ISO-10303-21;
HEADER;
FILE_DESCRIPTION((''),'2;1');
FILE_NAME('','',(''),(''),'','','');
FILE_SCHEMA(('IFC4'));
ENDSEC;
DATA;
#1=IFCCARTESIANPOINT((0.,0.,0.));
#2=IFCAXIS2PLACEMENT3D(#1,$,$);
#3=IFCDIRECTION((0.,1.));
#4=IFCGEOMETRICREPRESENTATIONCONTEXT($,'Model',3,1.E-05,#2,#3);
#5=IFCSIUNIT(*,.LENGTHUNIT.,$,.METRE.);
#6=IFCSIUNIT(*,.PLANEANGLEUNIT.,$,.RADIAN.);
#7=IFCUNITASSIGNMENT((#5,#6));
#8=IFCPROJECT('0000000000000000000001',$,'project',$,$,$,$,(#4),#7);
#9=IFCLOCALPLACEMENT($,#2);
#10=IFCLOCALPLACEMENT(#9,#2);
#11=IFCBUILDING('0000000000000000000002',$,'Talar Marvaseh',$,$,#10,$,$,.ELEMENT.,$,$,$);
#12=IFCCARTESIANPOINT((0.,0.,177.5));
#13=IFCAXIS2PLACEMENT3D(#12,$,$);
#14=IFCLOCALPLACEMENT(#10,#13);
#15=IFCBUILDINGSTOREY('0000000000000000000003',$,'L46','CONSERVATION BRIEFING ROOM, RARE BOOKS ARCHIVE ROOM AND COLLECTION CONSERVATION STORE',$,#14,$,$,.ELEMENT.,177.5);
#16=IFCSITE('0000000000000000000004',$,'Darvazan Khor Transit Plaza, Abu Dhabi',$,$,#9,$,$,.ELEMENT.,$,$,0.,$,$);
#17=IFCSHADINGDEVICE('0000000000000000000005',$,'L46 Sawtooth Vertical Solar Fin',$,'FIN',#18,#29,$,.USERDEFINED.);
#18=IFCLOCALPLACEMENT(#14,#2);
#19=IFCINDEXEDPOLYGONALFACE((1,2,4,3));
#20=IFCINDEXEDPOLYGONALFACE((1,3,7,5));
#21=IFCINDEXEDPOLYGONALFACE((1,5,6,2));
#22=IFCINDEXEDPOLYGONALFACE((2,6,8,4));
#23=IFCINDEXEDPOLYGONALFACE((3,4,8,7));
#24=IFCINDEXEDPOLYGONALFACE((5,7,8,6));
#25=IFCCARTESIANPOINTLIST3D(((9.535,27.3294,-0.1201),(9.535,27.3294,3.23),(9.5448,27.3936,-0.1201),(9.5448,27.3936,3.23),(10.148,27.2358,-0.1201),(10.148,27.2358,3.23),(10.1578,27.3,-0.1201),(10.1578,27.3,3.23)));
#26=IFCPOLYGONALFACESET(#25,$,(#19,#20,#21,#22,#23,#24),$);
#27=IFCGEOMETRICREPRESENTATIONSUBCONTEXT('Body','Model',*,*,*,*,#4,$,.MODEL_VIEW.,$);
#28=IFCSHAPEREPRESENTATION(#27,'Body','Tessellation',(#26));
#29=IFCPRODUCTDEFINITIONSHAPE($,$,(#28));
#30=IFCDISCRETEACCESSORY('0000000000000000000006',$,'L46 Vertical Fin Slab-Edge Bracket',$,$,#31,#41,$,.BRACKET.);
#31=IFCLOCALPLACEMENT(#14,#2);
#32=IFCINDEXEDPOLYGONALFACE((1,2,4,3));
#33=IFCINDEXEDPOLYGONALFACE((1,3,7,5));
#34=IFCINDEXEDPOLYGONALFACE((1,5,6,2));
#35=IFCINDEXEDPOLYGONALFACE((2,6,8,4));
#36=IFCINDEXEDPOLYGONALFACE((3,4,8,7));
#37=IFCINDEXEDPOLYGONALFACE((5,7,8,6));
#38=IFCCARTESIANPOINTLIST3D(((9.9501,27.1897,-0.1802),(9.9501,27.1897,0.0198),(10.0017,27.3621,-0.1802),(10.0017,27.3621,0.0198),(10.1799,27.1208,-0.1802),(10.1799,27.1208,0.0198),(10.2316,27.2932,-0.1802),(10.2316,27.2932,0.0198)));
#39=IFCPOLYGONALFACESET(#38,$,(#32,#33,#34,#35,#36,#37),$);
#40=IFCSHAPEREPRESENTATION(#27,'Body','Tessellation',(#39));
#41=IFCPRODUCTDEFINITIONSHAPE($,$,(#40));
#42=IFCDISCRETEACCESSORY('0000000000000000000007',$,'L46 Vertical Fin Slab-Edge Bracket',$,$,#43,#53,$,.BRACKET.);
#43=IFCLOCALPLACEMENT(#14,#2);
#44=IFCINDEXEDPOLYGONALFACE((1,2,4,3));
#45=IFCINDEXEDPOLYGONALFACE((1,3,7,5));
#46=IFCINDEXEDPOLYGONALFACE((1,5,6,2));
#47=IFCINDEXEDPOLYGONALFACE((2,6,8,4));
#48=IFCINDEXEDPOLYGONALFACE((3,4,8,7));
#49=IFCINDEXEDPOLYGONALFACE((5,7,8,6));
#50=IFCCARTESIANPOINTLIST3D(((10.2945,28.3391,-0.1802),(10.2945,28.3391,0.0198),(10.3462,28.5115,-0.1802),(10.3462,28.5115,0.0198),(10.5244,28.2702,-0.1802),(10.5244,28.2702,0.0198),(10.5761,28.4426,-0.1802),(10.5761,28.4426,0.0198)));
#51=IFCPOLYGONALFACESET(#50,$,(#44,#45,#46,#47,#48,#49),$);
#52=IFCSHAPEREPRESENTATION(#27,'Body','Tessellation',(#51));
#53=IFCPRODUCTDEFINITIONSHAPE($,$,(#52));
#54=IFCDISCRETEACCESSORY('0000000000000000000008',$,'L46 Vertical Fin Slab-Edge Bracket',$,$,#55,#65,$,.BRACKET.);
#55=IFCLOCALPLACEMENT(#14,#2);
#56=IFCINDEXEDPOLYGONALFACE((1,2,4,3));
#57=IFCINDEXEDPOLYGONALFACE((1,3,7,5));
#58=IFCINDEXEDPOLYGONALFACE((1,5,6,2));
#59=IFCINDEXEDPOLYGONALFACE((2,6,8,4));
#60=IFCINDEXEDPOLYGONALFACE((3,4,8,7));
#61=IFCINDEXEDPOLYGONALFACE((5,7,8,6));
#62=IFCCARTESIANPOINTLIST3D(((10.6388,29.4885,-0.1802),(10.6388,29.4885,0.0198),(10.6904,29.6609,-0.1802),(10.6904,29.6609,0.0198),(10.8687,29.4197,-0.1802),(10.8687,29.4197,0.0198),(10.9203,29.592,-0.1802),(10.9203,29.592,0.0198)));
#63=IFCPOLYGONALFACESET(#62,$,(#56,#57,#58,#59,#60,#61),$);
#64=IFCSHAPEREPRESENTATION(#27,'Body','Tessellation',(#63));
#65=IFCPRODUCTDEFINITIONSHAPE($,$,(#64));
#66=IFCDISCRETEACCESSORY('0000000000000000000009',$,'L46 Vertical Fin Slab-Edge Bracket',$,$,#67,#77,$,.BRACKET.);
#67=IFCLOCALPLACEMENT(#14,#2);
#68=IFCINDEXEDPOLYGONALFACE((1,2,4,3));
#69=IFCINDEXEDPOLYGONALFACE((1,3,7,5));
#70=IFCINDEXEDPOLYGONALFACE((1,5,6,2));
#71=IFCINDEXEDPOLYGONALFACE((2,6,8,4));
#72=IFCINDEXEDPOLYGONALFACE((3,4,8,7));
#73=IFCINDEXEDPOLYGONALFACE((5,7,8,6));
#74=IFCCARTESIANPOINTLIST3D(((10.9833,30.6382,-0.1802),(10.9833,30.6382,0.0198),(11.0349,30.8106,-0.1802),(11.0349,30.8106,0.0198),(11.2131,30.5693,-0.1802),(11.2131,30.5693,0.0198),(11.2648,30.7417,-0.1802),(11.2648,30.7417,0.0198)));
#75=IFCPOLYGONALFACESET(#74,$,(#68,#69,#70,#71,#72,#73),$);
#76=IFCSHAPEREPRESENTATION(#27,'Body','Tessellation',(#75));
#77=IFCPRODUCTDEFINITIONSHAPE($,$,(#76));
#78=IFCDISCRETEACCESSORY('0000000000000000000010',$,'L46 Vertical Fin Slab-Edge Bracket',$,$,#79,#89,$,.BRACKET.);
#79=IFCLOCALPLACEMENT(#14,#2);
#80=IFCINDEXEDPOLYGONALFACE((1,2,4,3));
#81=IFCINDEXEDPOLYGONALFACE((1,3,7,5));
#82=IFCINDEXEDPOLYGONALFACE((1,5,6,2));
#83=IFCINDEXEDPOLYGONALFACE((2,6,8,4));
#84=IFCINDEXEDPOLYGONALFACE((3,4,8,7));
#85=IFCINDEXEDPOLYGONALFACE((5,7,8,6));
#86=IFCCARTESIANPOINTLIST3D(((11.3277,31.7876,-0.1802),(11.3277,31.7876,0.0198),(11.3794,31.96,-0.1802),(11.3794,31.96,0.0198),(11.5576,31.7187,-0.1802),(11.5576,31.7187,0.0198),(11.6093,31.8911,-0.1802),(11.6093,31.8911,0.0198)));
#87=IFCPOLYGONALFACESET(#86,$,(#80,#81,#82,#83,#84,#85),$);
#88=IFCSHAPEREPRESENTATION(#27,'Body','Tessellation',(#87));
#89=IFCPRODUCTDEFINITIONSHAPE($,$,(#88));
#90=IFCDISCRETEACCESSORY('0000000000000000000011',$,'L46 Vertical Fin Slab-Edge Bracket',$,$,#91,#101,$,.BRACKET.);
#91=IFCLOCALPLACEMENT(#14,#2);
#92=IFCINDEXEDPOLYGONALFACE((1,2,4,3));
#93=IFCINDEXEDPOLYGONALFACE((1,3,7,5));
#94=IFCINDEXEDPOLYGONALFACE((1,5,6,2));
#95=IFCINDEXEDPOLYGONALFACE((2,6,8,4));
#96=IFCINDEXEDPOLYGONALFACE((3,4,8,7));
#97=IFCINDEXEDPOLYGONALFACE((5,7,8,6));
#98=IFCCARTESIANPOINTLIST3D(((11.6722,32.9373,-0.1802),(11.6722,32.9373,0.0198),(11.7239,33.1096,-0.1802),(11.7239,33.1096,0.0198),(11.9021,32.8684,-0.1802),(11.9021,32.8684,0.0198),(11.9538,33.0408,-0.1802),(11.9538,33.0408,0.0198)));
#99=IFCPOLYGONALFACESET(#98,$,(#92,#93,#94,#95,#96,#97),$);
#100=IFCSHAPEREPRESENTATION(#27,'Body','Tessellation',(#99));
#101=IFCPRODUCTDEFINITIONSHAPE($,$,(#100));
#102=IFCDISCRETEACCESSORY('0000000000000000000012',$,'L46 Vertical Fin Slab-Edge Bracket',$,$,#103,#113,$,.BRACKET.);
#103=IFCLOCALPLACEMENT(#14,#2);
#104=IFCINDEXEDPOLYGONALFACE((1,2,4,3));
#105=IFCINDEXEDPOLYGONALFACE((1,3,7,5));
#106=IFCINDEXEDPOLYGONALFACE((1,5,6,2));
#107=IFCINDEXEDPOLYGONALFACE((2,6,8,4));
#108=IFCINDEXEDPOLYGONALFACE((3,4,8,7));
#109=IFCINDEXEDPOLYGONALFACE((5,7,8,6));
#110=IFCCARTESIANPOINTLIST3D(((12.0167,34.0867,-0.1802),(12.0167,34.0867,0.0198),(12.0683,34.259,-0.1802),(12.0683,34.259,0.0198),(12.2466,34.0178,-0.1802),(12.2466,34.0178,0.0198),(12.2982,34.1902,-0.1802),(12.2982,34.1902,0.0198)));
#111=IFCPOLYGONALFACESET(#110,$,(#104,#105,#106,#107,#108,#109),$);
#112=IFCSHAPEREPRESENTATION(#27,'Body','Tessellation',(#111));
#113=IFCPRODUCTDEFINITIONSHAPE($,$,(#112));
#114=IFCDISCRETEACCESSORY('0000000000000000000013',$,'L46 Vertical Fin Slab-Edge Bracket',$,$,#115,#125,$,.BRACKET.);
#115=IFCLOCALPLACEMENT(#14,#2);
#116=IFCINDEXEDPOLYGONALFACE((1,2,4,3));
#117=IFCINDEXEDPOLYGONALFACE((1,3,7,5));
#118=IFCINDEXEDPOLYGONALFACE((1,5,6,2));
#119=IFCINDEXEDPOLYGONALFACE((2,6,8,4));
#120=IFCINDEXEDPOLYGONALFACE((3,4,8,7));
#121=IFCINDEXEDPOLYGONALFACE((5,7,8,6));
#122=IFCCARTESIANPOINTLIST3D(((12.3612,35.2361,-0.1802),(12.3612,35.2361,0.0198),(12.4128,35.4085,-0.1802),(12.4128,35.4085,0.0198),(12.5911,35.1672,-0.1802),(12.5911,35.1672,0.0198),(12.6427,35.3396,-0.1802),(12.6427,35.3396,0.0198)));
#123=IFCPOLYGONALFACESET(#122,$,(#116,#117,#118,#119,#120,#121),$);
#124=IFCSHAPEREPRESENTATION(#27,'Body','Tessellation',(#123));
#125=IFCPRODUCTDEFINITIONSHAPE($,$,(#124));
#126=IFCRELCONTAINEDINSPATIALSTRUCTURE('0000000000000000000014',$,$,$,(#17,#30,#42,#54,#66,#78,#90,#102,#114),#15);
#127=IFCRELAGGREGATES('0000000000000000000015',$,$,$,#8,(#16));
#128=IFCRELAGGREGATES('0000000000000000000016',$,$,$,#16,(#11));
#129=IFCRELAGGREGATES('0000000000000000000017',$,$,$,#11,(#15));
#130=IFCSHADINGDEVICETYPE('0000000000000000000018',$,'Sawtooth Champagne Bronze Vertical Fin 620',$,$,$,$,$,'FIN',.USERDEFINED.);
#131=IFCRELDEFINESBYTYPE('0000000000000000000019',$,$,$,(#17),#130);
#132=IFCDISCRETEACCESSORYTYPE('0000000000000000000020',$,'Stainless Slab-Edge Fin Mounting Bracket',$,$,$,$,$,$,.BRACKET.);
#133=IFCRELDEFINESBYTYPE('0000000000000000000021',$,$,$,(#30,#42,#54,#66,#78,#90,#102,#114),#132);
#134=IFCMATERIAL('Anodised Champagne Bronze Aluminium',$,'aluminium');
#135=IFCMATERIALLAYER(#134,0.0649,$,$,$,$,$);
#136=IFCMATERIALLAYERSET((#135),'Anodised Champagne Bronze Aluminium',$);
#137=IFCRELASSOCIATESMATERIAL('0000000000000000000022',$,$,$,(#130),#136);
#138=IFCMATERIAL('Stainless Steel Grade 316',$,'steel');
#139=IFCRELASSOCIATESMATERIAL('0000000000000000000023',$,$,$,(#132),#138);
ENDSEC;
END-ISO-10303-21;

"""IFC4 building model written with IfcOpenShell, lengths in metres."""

from ifc_helpers import new_model, si_unit, direction, frame, origin, origin_2d, place, context, subcontext, project, spatial, rectangle, extrude, source, transform, mapped, material, layer, layer_set, type_object, type_shapes, element, save


model = new_model("IFC4")

# Units and contexts
model_context = context("Model", 3, precision=1e-05, world=origin(), true_north=direction((0.0, 1.0)))
body_context = subcontext(model_context, "Body", "Model", "MODEL_VIEW")
ifc_project = project(units=[si_unit("LENGTHUNIT", "METRE"), si_unit("PLANEANGLEUNIT", "RADIAN")], contexts=[model_context])

# Site, building, storey
site_placement = place(None, origin())
site = spatial("IfcSite", under=ifc_project, at=site_placement, Name="Darvazan Khor Transit Plaza, Abu Dhabi", CompositionType="ELEMENT", RefElevation=0.0)
building_placement = place(site_placement, origin())
building = spatial("IfcBuilding", under=site, at=building_placement, Name="Talar Marvaseh", CompositionType="ELEMENT")
storey_placement = place(building_placement, frame((0.0, 0.0, 177.5)))
storey = spatial("IfcBuildingStorey", under=building, at=storey_placement, Name="L46", Description="CONSERVATION BRIEFING ROOM, RARE BOOKS ARCHIVE ROOM AND COLLECTION CONSERVATION STORE", CompositionType="ELEMENT", Elevation=177.5)

# Shared definitions
ifc_material_1 = material(Name="Stainless Steel Grade 316", Category="steel")

# Shading device
ifc_material_2 = material(Name="Anodised Champagne Bronze Aluminium", Category="aluminium")
ifc_layer_1 = layer(ifc_material_2, 0.0649)
ifc_layer_set_1 = layer_set([ifc_layer_1], Name="Anodised Champagne Bronze Aluminium")
shading_device_type_1 = type_object("IfcShadingDeviceType", Name="Sawtooth Champagne Bronze Vertical Fin 620", ElementType="FIN", PredefinedType="USERDEFINED", material=ifc_layer_set_1)
shared_shape_1 = source(origin(), body_context, "Body", "SweptSolid", [
    extrude(rectangle(XDim=0.6201, YDim=0.0649, at=origin_2d()), origin(), (0.0, 0.0, 1.0), 3.3501),
])
type_shapes(shading_device_type_1, [shared_shape_1])
shading_device_1_placement = place(storey_placement, frame((9.8464, 27.3147, -0.1201), z_axis=(0.0, 0.0, 1.0), x_axis=(-0.988547, 0.150916, 0.0)))
element("IfcShadingDevice", 1, at=shading_device_1_placement, inside=storey, type_object=shading_device_type_1, Name="L46 Sawtooth Vertical Solar Fin", ObjectType="FIN", PredefinedType="USERDEFINED", context=body_context, shape_type="MappedRepresentation", body=[
    mapped(shared_shape_1, transform((0.0, 0.0, 0.0), x_axis=(1.0, 0.0, 0.0), y_axis=(0.0, 1.0, 0.0), z_axis=(0.0, 0.0, 1.0), scale=1.0)),
])

# Discrete accessories
discrete_accessory_type = type_object("IfcDiscreteAccessoryType", Name="Stainless Slab-Edge Fin Mounting Bracket", PredefinedType="BRACKET", material=ifc_material_1)
shared_shape_2 = source(origin(), body_context, "Body", "SweptSolid", [
    extrude(rectangle(XDim=0.24, YDim=0.1799, at=origin_2d()), origin(), (0.0, 0.0, 1.0), 0.2),
])
type_shapes(discrete_accessory_type, [shared_shape_2])
for number, where, z_axis, x_axis, name in (
    (2, (10.0908, 27.2415, -0.1802), (0.0, 0.0, 1.0), (-0.957923, 0.287026, 0.0), "L46 Vertical Fin Slab-Edge Bracket"),
    (3, (10.4353, 28.3909, -0.1802), (0.0, 0.0, 1.0), (-0.957923, 0.287026, 0.0), "L46 Vertical Fin Slab-Edge Bracket"),
    (4, (10.7795, 29.5403, -0.1802), (0.0, 0.0, 1.0), (-0.957923, 0.287026, 0.0), "L46 Vertical Fin Slab-Edge Bracket"),
    (5, (11.124, 30.6899, -0.1802), (0.0, 0.0, 1.0), (-0.957923, 0.287026, 0.0), "L46 Vertical Fin Slab-Edge Bracket"),
    (6, (11.4685, 31.8394, -0.1802), (0.0, 0.0, 1.0), (-0.957923, 0.287026, 0.0), "L46 Vertical Fin Slab-Edge Bracket"),
    (7, (11.813, 32.989, -0.1802), (0.0, 0.0, 1.0), (-0.957923, 0.287026, 0.0), "L46 Vertical Fin Slab-Edge Bracket"),
    (8, (12.1575, 34.1384, -0.1802), (0.0, 0.0, 1.0), (-0.957923, 0.287026, 0.0), "L46 Vertical Fin Slab-Edge Bracket"),
    (9, (12.502, 35.2878, -0.1802), (0.0, 0.0, 1.0), (-0.957923, 0.287026, 0.0), "L46 Vertical Fin Slab-Edge Bracket"),
):
    element("IfcDiscreteAccessory", number, at=place(storey_placement, frame(where, z_axis=z_axis, x_axis=x_axis)), inside=storey, type_object=discrete_accessory_type, Name=name, PredefinedType="BRACKET", context=body_context, shape_type="MappedRepresentation", body=[
        mapped(shared_shape_2, transform((0.0, 0.0, 0.0), x_axis=(1.0, 0.0, 0.0), y_axis=(0.0, 1.0, 0.0), z_axis=(0.0, 0.0, 1.0), scale=1.0)),
    ])

save(model, "model.ifc")
